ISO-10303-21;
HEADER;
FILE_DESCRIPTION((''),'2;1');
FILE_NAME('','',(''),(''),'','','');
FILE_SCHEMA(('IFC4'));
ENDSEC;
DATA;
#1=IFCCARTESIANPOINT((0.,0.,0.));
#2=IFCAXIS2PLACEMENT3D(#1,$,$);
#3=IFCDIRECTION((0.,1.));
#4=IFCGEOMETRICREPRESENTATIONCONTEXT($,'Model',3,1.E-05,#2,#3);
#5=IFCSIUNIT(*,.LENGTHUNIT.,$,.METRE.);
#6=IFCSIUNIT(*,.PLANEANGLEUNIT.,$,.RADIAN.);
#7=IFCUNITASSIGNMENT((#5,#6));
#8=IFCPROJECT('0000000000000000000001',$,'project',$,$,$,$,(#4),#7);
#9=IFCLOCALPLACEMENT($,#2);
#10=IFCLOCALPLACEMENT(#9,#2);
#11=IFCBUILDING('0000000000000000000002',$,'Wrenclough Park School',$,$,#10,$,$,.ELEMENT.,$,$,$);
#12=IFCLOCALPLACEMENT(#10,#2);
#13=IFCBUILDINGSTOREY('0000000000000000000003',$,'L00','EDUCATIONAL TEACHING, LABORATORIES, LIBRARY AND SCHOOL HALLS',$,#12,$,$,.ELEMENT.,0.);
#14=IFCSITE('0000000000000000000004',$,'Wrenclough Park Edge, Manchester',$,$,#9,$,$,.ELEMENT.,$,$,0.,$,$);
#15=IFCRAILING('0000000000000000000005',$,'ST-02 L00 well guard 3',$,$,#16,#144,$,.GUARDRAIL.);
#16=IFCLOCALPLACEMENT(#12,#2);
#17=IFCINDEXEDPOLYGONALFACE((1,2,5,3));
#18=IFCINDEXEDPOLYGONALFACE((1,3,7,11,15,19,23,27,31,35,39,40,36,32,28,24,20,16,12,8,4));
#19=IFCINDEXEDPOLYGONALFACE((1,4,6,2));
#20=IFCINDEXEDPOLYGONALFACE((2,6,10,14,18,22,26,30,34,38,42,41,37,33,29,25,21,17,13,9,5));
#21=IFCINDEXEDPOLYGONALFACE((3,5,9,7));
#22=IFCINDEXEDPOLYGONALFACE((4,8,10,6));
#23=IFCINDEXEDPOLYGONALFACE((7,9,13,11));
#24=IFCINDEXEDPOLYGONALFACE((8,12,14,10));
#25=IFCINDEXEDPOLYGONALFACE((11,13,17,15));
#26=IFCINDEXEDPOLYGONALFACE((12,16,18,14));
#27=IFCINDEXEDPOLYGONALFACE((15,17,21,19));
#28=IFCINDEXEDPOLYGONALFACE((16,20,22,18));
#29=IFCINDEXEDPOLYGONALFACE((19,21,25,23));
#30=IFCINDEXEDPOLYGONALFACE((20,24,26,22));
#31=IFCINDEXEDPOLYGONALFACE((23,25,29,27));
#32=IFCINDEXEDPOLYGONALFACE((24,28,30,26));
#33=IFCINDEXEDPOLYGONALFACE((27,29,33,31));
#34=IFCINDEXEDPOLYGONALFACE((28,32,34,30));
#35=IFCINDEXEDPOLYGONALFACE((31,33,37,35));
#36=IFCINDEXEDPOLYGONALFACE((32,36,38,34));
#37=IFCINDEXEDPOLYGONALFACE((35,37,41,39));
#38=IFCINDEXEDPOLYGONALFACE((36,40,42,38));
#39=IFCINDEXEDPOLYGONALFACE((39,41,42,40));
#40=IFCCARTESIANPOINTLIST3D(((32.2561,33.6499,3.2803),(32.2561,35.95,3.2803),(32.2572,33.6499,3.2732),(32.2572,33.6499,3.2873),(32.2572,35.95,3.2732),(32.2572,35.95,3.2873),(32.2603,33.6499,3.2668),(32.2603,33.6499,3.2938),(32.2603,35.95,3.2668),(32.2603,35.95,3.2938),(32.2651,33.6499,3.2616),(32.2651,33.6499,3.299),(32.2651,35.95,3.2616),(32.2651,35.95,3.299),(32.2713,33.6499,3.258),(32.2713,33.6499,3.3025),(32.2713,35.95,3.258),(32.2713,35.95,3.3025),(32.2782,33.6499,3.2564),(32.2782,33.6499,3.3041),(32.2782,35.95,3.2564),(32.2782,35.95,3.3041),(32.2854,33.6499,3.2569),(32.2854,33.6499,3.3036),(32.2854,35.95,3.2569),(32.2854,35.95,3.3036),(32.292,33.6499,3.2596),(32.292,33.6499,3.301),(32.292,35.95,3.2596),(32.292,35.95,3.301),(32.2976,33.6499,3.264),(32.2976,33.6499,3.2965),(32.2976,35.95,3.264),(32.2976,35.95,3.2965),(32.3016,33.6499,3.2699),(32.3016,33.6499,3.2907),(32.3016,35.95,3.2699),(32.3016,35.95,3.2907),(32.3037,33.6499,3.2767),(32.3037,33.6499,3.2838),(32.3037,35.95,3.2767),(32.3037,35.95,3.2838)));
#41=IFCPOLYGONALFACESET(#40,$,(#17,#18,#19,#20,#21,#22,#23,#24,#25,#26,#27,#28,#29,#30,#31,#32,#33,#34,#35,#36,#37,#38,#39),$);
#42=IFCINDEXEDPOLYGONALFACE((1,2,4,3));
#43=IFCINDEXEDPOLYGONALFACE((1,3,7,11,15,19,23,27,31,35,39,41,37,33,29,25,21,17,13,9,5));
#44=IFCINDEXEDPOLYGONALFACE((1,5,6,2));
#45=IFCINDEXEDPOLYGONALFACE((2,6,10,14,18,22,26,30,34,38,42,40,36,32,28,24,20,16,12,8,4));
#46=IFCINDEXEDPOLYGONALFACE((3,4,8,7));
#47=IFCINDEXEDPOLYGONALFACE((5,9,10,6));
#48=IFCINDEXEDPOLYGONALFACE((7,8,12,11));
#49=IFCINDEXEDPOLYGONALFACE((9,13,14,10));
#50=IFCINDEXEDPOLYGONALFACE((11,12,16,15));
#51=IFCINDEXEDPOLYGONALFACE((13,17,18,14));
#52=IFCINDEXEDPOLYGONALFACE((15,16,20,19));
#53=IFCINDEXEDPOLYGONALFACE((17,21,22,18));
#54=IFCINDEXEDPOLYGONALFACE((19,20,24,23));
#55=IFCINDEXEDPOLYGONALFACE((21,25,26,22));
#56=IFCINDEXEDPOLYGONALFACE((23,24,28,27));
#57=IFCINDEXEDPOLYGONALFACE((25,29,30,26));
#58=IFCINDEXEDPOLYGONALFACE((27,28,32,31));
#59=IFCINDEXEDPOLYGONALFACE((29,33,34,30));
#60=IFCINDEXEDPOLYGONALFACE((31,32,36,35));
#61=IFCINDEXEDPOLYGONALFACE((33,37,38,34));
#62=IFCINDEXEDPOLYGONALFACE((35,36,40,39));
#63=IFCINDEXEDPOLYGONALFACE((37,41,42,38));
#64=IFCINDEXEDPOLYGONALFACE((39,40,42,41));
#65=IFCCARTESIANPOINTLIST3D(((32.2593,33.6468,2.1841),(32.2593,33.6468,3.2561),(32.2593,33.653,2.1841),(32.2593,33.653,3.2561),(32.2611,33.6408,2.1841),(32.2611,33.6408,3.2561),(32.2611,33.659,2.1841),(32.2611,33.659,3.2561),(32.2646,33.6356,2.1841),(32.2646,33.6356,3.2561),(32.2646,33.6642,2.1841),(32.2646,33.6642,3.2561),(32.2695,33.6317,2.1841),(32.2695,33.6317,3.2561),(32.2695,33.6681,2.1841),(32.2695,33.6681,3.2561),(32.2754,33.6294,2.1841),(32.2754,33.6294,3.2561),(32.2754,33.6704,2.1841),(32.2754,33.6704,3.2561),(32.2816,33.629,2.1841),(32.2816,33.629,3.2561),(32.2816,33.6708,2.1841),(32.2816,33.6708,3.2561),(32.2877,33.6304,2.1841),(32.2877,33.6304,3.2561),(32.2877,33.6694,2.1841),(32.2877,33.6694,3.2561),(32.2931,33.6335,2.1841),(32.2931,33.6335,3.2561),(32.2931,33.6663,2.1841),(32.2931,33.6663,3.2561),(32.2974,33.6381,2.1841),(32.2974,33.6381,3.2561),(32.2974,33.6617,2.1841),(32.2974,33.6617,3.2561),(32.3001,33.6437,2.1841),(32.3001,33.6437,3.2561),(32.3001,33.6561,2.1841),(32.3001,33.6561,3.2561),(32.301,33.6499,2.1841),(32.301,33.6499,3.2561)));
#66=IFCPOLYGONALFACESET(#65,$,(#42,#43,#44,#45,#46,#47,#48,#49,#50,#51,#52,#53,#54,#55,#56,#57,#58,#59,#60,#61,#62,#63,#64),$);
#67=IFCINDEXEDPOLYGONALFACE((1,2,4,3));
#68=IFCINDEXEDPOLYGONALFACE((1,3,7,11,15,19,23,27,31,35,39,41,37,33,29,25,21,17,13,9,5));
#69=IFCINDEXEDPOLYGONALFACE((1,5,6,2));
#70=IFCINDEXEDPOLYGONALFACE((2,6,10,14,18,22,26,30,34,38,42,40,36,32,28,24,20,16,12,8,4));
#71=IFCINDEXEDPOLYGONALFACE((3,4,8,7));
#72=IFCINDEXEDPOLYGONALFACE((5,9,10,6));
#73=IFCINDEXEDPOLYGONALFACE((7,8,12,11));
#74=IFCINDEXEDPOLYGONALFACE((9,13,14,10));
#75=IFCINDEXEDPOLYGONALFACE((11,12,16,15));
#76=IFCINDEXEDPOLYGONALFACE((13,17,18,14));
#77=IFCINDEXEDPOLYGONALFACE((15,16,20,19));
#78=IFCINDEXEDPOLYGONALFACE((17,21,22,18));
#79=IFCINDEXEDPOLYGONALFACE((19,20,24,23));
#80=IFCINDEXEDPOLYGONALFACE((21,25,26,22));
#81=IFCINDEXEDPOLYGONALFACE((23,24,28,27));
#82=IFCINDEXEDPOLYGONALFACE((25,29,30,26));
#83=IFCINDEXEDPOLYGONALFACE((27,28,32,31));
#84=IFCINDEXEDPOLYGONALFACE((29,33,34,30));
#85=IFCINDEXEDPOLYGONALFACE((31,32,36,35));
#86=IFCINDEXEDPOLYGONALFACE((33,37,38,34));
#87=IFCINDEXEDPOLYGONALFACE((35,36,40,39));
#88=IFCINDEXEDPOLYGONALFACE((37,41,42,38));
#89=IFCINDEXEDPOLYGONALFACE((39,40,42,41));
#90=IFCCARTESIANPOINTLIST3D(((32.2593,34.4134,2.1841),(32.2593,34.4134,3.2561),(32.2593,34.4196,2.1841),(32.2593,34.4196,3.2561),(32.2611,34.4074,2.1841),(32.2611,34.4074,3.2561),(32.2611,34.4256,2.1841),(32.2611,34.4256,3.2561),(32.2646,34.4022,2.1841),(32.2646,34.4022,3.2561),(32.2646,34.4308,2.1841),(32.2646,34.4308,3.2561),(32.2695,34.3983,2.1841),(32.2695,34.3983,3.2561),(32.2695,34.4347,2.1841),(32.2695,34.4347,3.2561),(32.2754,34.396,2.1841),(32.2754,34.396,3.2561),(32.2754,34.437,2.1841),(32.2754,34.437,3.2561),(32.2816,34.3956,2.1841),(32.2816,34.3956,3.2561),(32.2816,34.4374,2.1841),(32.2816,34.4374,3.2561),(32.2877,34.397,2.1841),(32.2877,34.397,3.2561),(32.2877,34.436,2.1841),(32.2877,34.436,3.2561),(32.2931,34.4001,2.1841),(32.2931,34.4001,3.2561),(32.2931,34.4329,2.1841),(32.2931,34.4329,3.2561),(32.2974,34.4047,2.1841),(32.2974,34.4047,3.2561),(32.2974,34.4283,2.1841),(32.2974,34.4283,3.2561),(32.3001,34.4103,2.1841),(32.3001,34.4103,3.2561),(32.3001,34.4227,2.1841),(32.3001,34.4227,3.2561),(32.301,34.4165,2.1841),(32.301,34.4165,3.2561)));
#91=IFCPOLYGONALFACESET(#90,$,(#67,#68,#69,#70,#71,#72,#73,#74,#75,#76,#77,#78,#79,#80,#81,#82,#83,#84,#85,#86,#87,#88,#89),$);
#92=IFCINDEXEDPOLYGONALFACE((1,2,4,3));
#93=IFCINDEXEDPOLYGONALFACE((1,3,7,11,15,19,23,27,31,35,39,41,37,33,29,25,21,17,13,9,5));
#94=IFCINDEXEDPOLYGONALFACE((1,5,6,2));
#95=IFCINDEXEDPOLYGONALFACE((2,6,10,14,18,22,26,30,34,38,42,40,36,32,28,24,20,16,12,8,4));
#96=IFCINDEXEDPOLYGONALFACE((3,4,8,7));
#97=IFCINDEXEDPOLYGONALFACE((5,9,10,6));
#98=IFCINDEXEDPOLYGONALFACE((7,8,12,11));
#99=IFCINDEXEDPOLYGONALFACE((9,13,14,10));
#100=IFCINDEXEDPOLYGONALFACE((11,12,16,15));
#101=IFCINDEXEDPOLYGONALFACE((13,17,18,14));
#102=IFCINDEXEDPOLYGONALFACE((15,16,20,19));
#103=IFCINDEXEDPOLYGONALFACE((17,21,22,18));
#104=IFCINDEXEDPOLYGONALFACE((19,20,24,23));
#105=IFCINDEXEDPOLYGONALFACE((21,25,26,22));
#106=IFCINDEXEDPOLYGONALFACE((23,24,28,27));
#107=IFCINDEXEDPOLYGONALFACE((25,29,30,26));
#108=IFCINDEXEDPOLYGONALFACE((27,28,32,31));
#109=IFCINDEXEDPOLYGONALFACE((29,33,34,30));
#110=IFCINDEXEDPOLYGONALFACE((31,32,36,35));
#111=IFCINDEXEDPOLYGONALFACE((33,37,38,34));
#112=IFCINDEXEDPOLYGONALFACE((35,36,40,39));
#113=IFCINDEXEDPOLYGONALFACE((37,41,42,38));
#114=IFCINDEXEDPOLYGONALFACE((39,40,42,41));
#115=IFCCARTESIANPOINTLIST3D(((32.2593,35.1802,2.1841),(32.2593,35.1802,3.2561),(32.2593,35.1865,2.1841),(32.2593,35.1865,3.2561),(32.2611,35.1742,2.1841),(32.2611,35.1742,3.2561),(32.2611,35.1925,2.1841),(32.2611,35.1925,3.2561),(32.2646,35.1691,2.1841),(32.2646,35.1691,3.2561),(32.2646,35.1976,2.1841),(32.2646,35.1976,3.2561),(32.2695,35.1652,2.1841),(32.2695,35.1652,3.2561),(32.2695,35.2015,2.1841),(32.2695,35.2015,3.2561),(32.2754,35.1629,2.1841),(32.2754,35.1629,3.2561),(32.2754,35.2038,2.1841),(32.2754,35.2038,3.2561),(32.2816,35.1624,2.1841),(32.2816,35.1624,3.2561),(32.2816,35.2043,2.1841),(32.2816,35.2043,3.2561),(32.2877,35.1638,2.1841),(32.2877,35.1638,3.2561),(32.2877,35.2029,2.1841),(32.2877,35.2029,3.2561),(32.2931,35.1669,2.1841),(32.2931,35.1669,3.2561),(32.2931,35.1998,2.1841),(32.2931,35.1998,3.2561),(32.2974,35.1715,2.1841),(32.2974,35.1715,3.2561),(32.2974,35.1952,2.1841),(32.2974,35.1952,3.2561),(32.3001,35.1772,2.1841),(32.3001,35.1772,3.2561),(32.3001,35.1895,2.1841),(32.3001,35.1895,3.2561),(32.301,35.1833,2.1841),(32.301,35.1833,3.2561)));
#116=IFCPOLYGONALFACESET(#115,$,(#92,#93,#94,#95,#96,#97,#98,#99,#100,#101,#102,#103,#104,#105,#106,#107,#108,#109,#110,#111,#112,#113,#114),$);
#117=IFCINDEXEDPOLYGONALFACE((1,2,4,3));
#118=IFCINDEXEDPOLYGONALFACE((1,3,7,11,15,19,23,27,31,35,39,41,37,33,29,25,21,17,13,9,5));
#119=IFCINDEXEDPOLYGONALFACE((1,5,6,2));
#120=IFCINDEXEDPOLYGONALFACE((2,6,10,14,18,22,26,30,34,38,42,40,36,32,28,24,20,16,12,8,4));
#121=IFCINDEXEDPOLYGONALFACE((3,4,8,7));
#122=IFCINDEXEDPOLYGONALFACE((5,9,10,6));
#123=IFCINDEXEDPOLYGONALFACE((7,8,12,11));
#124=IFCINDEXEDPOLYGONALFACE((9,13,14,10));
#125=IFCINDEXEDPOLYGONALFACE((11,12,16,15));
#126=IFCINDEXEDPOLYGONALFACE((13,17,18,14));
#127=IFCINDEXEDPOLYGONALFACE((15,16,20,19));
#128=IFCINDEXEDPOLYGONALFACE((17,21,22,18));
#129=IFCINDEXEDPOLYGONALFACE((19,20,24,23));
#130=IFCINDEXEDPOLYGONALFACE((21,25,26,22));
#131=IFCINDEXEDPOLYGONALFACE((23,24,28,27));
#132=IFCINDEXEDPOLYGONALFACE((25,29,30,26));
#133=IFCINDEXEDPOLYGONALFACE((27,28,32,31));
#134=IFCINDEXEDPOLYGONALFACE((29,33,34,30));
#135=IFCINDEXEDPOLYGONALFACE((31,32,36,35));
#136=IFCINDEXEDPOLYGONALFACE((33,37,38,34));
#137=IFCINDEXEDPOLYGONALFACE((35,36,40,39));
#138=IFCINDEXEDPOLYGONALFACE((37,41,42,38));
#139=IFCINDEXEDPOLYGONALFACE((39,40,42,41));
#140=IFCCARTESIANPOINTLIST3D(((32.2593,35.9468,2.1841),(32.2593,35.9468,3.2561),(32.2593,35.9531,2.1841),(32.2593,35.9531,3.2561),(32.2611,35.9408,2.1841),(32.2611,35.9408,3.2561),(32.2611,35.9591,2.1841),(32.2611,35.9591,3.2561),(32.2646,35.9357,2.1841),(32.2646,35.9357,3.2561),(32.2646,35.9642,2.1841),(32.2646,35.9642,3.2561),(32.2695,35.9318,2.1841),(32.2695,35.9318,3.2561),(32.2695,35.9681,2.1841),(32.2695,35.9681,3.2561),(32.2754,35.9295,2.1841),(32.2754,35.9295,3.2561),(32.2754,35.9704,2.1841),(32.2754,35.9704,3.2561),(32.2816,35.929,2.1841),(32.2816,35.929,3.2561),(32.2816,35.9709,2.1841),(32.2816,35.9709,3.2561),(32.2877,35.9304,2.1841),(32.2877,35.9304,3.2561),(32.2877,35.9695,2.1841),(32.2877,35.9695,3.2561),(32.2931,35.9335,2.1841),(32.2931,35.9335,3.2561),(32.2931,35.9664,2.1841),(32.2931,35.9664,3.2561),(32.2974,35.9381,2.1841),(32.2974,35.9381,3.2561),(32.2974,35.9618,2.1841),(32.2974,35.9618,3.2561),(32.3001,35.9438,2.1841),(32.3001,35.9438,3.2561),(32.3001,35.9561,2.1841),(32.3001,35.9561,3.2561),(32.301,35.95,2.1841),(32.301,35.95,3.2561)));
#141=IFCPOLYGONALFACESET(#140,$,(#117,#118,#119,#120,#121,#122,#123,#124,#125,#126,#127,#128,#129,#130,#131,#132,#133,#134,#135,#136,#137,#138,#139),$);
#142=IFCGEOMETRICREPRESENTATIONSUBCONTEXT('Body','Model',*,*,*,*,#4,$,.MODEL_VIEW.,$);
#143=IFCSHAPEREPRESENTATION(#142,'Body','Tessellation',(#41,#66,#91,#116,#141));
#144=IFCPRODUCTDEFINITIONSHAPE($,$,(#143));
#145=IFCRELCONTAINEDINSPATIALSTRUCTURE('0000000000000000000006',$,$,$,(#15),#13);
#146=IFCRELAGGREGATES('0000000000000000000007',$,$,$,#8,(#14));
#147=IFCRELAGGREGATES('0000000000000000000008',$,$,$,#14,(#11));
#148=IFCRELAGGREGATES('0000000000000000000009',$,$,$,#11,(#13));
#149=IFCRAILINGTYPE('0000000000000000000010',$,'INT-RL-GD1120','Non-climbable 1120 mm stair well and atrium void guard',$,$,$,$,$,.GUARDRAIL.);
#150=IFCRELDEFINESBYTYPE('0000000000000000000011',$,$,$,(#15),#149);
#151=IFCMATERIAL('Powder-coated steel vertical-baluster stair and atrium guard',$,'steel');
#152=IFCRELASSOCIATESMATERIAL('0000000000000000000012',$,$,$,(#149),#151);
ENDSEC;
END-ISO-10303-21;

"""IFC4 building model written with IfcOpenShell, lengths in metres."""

from ifc_helpers import new_model, si_unit, direction, frame, origin, origin_2d, place, context, subcontext, project, spatial, circle, extrude, material, type_object, element, save


model = new_model("IFC4")

# Units and contexts
model_context = context("Model", 3, precision=1e-05, world=origin(), true_north=direction((0.0, 1.0)))
body_context = subcontext(model_context, "Body", "Model", "MODEL_VIEW")
ifc_project = project(units=[si_unit("LENGTHUNIT", "METRE"), si_unit("PLANEANGLEUNIT", "RADIAN")], contexts=[model_context])

# Site, building, storey
site_placement = place(None, origin())
site = spatial("IfcSite", under=ifc_project, at=site_placement, Name="Wrenclough Park Edge, Manchester", CompositionType="ELEMENT", RefElevation=0.0)
building_placement = place(site_placement, origin())
building = spatial("IfcBuilding", under=site, at=building_placement, Name="Wrenclough Park School", CompositionType="ELEMENT")
storey_placement = place(building_placement, origin())
storey = spatial("IfcBuildingStorey", under=building, at=storey_placement, Name="L00", Description="EDUCATIONAL TEACHING, LABORATORIES, LIBRARY AND SCHOOL HALLS", CompositionType="ELEMENT", Elevation=0.0)

# Railing
ifc_material_1 = material(Name="Powder-coated steel vertical-baluster stair and atrium guard", Category="steel")
railing_type_1 = type_object("IfcRailingType", Name="INT-RL-GD1120", Description="Non-climbable 1120 mm stair well and atrium void guard", PredefinedType="GUARDRAIL", material=ifc_material_1)
railing_1_placement = place(storey_placement, frame((32.28, 33.6499, 2.1841)))
element("IfcRailing", 1, at=railing_1_placement, inside=storey, type_object=railing_type_1, Name="ST-02 L00 well guard 3", PredefinedType="GUARDRAIL", context=body_context, shape_type="SweptSolid", body=[
    extrude(circle(Radius=0.0239, at=origin_2d()), frame((0.0, 0.0, 1.0962), z_axis=(0.0, 1.0, 0.0), x_axis=(-1.0, 0.0, 0.0)), (0.0, 0.0, 1.0), 2.3),
    extrude(circle(Radius=0.021, at=origin_2d()), origin(), (0.0, 0.0, 1.0), 1.072),
    extrude(circle(Radius=0.021, at=origin_2d()), frame((0.0, 0.7666, 0.0)), (0.0, 0.0, 1.0), 1.072),
    extrude(circle(Radius=0.021, at=origin_2d()), frame((0.0, 1.5334, 0.0)), (0.0, 0.0, 1.0), 1.072),
    extrude(circle(Radius=0.021, at=origin_2d()), frame((0.0, 2.3, 0.0)), (0.0, 0.0, 1.0), 1.072),
])

save(model, "model.ifc")
